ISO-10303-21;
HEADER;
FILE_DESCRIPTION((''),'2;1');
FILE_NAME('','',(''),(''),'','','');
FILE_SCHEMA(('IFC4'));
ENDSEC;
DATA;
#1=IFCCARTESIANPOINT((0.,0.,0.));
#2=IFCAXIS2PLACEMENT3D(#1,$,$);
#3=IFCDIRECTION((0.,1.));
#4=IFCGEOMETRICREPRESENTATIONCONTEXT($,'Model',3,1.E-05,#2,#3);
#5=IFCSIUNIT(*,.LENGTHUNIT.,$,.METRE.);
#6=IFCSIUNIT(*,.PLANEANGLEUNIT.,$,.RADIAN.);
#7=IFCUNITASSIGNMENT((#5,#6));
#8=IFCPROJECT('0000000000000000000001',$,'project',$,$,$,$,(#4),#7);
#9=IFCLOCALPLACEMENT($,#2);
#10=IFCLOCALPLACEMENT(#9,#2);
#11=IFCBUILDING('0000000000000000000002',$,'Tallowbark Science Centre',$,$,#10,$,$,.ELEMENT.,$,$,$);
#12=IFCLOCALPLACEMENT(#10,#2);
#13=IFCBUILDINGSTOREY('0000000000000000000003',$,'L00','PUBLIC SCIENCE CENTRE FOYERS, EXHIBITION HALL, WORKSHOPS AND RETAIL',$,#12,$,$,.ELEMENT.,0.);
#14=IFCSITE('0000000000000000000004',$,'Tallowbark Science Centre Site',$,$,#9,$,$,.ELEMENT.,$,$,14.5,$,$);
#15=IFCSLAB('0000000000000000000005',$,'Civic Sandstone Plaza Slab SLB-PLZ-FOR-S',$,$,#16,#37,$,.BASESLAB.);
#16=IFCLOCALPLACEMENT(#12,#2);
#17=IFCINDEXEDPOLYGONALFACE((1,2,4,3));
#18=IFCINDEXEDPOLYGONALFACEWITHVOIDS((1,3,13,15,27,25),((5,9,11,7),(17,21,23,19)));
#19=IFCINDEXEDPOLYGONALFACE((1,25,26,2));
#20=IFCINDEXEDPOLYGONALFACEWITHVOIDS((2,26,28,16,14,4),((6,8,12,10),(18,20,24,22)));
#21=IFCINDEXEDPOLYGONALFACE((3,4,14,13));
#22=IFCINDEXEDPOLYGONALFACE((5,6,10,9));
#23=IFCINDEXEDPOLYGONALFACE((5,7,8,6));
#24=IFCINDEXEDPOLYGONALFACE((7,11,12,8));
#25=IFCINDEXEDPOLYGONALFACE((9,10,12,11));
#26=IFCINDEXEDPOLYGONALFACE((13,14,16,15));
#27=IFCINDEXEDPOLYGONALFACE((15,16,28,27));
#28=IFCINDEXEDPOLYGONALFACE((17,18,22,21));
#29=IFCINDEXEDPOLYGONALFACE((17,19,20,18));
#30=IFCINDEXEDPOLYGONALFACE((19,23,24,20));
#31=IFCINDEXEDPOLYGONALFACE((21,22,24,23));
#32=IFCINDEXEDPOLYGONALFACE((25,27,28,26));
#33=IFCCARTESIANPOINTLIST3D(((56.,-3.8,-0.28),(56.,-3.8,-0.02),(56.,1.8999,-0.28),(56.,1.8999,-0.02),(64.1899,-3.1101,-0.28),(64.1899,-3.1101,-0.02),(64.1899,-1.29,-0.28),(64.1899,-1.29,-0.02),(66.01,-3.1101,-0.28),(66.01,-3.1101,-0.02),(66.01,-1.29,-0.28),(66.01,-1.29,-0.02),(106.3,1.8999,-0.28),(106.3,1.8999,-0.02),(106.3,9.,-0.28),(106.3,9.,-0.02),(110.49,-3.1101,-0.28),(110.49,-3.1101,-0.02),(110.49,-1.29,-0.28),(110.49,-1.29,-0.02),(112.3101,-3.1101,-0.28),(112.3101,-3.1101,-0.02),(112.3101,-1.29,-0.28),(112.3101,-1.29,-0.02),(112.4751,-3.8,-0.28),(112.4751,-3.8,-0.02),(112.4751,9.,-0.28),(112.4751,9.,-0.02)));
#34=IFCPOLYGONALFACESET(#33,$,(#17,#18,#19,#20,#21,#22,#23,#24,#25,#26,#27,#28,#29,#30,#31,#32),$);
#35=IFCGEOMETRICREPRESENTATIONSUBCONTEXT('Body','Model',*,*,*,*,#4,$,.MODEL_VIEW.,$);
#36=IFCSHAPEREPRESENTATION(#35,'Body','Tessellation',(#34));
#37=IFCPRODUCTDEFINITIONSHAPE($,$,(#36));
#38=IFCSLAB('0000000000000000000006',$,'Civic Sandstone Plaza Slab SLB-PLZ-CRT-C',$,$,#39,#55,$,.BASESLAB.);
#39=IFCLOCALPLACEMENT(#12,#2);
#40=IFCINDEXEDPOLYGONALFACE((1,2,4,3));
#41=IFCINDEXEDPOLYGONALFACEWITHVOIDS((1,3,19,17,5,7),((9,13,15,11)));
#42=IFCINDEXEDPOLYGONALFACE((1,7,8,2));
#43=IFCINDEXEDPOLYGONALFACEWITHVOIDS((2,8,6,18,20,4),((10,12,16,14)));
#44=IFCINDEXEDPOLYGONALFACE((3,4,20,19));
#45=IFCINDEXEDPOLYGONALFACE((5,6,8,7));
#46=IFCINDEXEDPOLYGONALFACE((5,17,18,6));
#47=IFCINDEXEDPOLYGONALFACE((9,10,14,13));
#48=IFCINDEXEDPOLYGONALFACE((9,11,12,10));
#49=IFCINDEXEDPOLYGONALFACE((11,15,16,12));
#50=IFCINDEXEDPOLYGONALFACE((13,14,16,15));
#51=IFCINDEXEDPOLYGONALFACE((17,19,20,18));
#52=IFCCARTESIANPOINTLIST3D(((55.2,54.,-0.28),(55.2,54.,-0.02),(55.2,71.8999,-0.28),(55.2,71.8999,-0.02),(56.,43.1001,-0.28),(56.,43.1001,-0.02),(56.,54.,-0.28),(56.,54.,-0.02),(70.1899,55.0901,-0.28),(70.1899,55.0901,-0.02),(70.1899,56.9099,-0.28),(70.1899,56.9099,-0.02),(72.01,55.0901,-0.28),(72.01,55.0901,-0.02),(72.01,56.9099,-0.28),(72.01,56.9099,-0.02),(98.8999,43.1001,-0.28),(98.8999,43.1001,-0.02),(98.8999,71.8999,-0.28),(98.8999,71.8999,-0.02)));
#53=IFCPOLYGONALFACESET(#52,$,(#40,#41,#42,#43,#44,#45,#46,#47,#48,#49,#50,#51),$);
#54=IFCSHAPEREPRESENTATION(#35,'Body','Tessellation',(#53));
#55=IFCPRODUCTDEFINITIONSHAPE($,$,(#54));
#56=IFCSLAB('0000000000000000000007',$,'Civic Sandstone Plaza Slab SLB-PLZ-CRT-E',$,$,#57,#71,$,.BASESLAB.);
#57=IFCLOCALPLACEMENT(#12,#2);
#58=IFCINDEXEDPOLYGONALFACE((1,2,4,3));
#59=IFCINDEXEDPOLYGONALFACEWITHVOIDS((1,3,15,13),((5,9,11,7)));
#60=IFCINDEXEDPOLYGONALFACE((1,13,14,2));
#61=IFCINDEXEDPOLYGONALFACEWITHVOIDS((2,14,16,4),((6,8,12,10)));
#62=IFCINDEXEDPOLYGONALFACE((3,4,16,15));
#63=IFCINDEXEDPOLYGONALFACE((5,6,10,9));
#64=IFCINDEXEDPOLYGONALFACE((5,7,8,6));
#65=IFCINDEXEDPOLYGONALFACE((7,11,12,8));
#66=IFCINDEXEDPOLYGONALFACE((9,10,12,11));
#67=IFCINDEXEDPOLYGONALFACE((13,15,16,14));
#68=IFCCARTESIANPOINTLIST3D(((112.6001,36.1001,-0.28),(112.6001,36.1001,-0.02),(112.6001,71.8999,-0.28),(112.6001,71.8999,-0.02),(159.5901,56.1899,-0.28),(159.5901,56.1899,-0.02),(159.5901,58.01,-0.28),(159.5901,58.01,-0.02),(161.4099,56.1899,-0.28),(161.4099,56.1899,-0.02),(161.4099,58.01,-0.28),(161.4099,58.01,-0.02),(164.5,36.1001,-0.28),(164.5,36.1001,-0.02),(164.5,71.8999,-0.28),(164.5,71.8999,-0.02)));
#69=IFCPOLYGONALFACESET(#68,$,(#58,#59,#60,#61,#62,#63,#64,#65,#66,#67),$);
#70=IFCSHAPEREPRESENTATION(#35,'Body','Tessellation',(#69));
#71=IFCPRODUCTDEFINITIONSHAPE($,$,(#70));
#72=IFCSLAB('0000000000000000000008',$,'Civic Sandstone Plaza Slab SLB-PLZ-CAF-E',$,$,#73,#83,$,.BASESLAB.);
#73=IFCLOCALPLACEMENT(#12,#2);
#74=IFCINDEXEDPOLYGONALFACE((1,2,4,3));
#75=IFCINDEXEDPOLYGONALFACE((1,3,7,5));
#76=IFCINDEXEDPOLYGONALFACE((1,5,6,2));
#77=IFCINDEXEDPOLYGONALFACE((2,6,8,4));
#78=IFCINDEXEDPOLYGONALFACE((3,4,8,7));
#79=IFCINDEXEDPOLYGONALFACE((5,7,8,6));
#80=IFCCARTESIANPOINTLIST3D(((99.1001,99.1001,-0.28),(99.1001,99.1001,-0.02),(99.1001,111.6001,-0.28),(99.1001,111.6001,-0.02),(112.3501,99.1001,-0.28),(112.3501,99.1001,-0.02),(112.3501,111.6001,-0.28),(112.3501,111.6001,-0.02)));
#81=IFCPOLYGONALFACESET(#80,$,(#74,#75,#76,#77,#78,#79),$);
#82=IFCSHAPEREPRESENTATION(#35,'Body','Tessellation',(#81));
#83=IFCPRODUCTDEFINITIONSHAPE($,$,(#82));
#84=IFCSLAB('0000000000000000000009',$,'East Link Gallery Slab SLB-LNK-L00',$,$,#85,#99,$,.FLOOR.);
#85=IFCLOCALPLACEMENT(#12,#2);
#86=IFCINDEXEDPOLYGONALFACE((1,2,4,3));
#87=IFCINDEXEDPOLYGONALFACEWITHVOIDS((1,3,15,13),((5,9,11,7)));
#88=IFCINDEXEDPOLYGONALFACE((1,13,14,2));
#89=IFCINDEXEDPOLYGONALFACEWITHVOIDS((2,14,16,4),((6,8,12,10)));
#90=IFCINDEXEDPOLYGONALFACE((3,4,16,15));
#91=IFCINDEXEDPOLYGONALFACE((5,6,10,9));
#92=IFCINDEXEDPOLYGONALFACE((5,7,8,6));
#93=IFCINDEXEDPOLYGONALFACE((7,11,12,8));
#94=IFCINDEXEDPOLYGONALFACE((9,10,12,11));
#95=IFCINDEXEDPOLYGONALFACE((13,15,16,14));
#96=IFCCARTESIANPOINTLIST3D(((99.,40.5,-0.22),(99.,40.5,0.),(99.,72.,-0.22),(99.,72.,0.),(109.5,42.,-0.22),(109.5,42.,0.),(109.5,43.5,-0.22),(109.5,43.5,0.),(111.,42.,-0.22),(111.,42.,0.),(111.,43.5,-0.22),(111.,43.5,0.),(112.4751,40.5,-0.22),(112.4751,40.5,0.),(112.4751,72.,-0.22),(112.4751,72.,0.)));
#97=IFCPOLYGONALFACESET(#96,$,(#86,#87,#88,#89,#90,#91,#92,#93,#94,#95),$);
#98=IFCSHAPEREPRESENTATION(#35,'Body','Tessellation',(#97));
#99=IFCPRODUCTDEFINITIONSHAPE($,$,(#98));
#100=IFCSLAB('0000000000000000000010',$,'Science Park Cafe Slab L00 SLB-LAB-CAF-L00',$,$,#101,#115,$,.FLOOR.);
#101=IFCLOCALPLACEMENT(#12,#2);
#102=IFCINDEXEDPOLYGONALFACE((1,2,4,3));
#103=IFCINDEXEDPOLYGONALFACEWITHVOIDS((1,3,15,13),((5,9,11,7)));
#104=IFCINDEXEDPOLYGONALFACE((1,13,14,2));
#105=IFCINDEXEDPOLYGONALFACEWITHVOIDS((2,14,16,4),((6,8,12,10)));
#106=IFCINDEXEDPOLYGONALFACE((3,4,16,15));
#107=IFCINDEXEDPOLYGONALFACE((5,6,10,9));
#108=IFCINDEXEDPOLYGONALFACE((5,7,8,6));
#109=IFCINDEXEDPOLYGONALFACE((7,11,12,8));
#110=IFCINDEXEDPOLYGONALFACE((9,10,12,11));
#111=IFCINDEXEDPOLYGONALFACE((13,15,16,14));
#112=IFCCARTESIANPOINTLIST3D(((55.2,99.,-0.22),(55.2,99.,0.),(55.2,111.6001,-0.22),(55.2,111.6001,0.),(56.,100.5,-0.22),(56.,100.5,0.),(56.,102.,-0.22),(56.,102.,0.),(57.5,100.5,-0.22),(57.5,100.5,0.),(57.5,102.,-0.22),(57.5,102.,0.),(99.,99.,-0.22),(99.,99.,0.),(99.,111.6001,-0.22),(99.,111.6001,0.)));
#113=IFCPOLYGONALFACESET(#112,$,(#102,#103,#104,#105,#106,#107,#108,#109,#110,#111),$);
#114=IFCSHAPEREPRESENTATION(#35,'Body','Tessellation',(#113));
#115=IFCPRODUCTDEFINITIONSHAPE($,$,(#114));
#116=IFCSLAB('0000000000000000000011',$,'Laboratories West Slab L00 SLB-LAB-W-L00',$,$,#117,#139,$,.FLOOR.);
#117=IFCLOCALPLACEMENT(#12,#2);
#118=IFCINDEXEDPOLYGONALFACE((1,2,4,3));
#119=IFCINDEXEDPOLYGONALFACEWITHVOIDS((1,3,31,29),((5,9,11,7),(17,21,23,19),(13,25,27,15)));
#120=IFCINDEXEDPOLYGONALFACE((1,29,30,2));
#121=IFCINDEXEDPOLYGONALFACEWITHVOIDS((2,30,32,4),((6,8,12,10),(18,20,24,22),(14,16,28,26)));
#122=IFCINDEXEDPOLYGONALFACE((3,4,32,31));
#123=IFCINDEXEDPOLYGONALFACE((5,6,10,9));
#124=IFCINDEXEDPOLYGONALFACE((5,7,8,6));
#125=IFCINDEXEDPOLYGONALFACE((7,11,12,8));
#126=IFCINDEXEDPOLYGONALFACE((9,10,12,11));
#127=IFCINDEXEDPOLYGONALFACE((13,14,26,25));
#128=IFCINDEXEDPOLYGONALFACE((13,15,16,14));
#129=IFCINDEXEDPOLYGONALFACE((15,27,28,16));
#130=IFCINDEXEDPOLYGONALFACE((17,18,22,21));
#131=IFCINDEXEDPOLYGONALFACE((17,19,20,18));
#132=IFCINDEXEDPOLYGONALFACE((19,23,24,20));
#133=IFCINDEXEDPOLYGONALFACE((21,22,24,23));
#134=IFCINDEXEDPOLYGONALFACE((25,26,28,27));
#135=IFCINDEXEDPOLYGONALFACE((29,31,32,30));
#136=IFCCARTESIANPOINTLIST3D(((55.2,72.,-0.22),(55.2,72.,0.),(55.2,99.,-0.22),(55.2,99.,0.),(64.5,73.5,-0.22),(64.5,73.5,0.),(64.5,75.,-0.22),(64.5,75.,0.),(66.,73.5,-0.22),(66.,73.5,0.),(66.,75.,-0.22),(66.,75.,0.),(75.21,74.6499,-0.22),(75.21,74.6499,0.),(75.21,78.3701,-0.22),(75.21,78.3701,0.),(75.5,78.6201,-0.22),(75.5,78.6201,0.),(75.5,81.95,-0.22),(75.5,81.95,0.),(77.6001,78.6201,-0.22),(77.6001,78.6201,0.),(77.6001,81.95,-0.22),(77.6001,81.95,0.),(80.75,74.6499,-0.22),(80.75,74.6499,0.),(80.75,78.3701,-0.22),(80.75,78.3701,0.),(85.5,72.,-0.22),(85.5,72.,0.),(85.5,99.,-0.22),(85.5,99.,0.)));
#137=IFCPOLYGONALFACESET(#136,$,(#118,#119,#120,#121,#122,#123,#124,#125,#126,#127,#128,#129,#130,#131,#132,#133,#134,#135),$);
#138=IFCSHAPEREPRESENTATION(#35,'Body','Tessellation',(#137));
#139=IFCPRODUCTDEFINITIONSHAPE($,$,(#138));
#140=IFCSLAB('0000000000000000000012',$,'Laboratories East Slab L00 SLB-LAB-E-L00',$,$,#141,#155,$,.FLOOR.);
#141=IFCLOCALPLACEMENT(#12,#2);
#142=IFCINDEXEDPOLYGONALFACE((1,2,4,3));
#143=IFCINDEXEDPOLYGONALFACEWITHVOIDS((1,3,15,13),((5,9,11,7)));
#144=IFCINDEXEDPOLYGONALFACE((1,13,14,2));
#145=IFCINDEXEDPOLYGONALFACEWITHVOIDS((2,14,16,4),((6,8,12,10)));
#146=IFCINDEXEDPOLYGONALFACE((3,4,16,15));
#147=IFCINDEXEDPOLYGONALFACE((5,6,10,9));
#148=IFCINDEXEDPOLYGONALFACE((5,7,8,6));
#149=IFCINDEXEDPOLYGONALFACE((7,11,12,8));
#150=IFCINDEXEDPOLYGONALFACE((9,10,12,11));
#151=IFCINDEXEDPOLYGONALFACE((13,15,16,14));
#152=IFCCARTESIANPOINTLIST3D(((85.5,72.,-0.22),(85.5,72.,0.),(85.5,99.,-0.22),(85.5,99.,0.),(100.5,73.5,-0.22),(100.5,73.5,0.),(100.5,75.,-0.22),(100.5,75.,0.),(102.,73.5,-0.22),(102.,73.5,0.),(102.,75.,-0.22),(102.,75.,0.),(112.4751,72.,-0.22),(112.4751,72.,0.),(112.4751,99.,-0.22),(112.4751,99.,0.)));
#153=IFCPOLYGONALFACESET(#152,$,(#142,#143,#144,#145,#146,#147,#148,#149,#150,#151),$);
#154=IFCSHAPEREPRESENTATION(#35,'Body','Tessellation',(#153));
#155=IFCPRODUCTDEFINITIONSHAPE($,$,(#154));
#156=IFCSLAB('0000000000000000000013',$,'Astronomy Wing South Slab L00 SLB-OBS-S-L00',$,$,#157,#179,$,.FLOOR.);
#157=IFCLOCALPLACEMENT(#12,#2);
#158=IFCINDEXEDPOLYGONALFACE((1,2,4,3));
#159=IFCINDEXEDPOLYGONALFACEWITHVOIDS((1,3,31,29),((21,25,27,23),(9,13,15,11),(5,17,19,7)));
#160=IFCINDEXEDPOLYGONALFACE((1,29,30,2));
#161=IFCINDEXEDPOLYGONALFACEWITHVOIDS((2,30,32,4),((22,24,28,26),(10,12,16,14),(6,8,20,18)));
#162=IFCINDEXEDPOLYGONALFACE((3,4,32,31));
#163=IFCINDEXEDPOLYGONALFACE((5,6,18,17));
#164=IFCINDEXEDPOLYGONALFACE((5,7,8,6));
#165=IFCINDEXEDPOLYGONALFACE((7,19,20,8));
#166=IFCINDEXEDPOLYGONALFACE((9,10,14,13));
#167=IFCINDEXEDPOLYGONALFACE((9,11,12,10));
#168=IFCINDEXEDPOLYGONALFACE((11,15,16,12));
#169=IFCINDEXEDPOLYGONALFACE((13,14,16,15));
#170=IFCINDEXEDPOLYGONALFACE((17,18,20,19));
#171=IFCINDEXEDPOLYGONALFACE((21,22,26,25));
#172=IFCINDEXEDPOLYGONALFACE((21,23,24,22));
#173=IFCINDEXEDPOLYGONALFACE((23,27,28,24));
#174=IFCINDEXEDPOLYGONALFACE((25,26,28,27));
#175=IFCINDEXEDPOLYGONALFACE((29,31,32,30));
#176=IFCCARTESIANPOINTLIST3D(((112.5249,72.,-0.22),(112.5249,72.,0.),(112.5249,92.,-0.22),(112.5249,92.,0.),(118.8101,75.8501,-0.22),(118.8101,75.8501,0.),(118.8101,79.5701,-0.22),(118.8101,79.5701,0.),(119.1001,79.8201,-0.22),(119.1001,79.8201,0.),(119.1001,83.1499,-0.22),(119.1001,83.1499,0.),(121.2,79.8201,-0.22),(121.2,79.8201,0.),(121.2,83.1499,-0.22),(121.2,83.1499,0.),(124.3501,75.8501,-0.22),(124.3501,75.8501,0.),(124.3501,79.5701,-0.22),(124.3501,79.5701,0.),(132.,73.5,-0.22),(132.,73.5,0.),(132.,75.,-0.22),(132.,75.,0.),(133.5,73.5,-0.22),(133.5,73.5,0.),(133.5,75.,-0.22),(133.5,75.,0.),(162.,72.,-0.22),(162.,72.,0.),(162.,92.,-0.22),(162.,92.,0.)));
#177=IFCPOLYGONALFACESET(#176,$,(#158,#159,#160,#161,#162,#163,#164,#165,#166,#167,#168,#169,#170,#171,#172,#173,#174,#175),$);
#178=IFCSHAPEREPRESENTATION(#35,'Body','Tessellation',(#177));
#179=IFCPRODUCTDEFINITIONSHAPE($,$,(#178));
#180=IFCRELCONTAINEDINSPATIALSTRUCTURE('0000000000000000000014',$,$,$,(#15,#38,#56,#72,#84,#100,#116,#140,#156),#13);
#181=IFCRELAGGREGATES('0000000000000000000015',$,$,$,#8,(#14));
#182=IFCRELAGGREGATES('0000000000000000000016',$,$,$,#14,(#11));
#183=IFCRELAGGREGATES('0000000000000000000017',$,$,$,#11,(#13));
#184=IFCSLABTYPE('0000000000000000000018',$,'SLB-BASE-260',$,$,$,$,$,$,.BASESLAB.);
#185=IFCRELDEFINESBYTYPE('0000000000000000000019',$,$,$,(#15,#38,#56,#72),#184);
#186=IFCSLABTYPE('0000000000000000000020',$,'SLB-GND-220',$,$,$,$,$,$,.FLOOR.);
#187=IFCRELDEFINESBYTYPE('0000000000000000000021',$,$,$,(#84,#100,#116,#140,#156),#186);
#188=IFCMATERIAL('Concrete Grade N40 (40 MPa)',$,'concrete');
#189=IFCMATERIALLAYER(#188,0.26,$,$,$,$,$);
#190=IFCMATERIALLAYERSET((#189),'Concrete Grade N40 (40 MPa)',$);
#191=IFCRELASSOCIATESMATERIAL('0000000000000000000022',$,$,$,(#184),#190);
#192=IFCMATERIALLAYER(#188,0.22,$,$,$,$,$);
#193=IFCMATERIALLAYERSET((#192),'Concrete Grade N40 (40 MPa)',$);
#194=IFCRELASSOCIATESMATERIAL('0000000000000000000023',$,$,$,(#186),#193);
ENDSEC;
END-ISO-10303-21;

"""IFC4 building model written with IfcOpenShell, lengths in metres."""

from ifc_helpers import new_model, si_unit, direction, frame, origin, place, context, subcontext, project, spatial, polyline, outline, extrude, material, layer, layer_set, type_object, element, save


model = new_model("IFC4")

# Units and contexts
model_context = context("Model", 3, precision=1e-05, world=origin(), true_north=direction((0.0, 1.0)))
body_context = subcontext(model_context, "Body", "Model", "MODEL_VIEW")
ifc_project = project(units=[si_unit("LENGTHUNIT", "METRE"), si_unit("PLANEANGLEUNIT", "RADIAN")], contexts=[model_context])

# Site, building, storey
site_placement = place(None, origin())
site = spatial("IfcSite", under=ifc_project, at=site_placement, Name="Tallowbark Science Centre Site", CompositionType="ELEMENT", RefElevation=14.5)
building_placement = place(site_placement, origin())
building = spatial("IfcBuilding", under=site, at=building_placement, Name="Tallowbark Science Centre", CompositionType="ELEMENT")
storey_placement = place(building_placement, origin())
storey = spatial("IfcBuildingStorey", under=building, at=storey_placement, Name="L00", Description="PUBLIC SCIENCE CENTRE FOYERS, EXHIBITION HALL, WORKSHOPS AND RETAIL", CompositionType="ELEMENT", Elevation=0.0)

# Slabs
ifc_material = material(Name="Concrete Grade N40 (40 MPa)", Category="concrete")
ifc_layer_1 = layer(ifc_material, 0.26)
ifc_layer_set_1 = layer_set([ifc_layer_1], Name="Concrete Grade N40 (40 MPa)")
slab_type_1 = type_object("IfcSlabType", Name="SLB-BASE-260", PredefinedType="BASESLAB", material=ifc_layer_set_1)
slab_1_placement = place(storey_placement, frame((0.0, 0.0, -0.28)))
element("IfcSlab", 1, at=slab_1_placement, inside=storey, type_object=slab_type_1, Name="Civic Sandstone Plaza Slab SLB-PLZ-FOR-S", PredefinedType="BASESLAB", context=body_context, shape_type="SweptSolid", body=[
    extrude(outline(polyline([(56.0, 1.8999), (106.3, 1.8999), (106.3, 9.0), (112.4751, 9.0), (112.4751, -3.8), (56.0, -3.8), (56.0, 1.8999)]), holes=[polyline([(64.1899, -1.29), (64.1899, -3.1101), (66.01, -3.1101), (66.01, -1.29), (64.1899, -1.29)]), polyline([(112.3101, -1.29), (110.49, -1.29), (110.49, -3.1101), (112.3101, -3.1101), (112.3101, -1.29)])]), origin(), (0.0, 0.0, 1.0), 0.26),
])
slab_2_placement = place(storey_placement, frame((0.0, 0.0, -0.28)))
element("IfcSlab", 2, at=slab_2_placement, inside=storey, type_object=slab_type_1, Name="Civic Sandstone Plaza Slab SLB-PLZ-CRT-C", PredefinedType="BASESLAB", context=body_context, shape_type="SweptSolid", body=[
    extrude(outline(polyline([(56.0, 54.0), (55.2, 54.0), (55.2, 71.8999), (98.8999, 71.8999), (98.8999, 43.1001), (56.0, 43.1001), (56.0, 54.0)]), holes=[polyline([(70.1899, 56.9099), (70.1899, 55.0901), (72.01, 55.0901), (72.01, 56.9099), (70.1899, 56.9099)])]), origin(), (0.0, 0.0, 1.0), 0.26),
])
slab_3_placement = place(storey_placement, frame((0.0, 0.0, -0.28)))
element("IfcSlab", 3, at=slab_3_placement, inside=storey, type_object=slab_type_1, Name="Civic Sandstone Plaza Slab SLB-PLZ-CRT-E", PredefinedType="BASESLAB", context=body_context, shape_type="SweptSolid", body=[
    extrude(outline(polyline([(112.6001, 71.8999), (164.5, 71.8999), (164.5, 36.1001), (112.6001, 36.1001), (112.6001, 71.8999)]), holes=[polyline([(161.4099, 58.01), (159.5901, 58.01), (159.5901, 56.1899), (161.4099, 56.1899), (161.4099, 58.01)])]), origin(), (0.0, 0.0, 1.0), 0.26),
])
slab_4_placement = place(storey_placement, frame((0.0, 0.0, -0.28)))
element("IfcSlab", 4, at=slab_4_placement, inside=storey, type_object=slab_type_1, Name="Civic Sandstone Plaza Slab SLB-PLZ-CAF-E", PredefinedType="BASESLAB", context=body_context, shape_type="SweptSolid", body=[
    extrude(outline(polyline([(99.1001, 111.6001), (112.3501, 111.6001), (112.3501, 99.1001), (99.1001, 99.1001), (99.1001, 111.6001)])), origin(), (0.0, 0.0, 1.0), 0.26),
])
ifc_layer_2 = layer(ifc_material, 0.22)
ifc_layer_set_2 = layer_set([ifc_layer_2], Name="Concrete Grade N40 (40 MPa)")
slab_type_2 = type_object("IfcSlabType", Name="SLB-GND-220", PredefinedType="FLOOR", material=ifc_layer_set_2)
slab_5_placement = place(storey_placement, frame((0.0, 0.0, -0.22)))
element("IfcSlab", 5, at=slab_5_placement, inside=storey, type_object=slab_type_2, Name="East Link Gallery Slab SLB-LNK-L00", PredefinedType="FLOOR", context=body_context, shape_type="SweptSolid", body=[
    extrude(outline(polyline([(99.0, 40.5), (112.4751, 40.5), (112.4751, 72.0), (99.0, 72.0), (99.0, 40.5)]), holes=[polyline([(109.5, 42.0), (111.0, 42.0), (111.0, 43.5), (109.5, 43.5), (109.5, 42.0)])]), origin(), (0.0, 0.0, 1.0), 0.22),
])
slab_6_placement = place(storey_placement, frame((0.0, 0.0, -0.22)))
element("IfcSlab", 6, at=slab_6_placement, inside=storey, type_object=slab_type_2, Name="Science Park Cafe Slab L00 SLB-LAB-CAF-L00", PredefinedType="FLOOR", context=body_context, shape_type="SweptSolid", body=[
    extrude(outline(polyline([(55.2, 99.0), (99.0, 99.0), (99.0, 111.6001), (55.2, 111.6001), (55.2, 99.0)]), holes=[polyline([(56.0, 100.5), (57.5, 100.5), (57.5, 102.0), (56.0, 102.0), (56.0, 100.5)])]), origin(), (0.0, 0.0, 1.0), 0.22),
])
slab_7_placement = place(storey_placement, frame((0.0, 0.0, -0.22)))
element("IfcSlab", 7, at=slab_7_placement, inside=storey, type_object=slab_type_2, Name="Laboratories West Slab L00 SLB-LAB-W-L00", PredefinedType="FLOOR", context=body_context, shape_type="SweptSolid", body=[
    extrude(outline(polyline([(55.2, 72.0), (85.5, 72.0), (85.5, 99.0), (55.2, 99.0), (55.2, 72.0)]), holes=[polyline([(75.21, 74.6499), (80.75, 74.6499), (80.75, 78.3701), (75.21, 78.3701), (75.21, 74.6499)]), polyline([(75.5, 78.6201), (77.6001, 78.6201), (77.6001, 81.95), (75.5, 81.95), (75.5, 78.6201)]), polyline([(64.5, 73.5), (66.0, 73.5), (66.0, 75.0), (64.5, 75.0), (64.5, 73.5)])]), origin(), (0.0, 0.0, 1.0), 0.22),
])
slab_8_placement = place(storey_placement, frame((0.0, 0.0, -0.22)))
element("IfcSlab", 8, at=slab_8_placement, inside=storey, type_object=slab_type_2, Name="Laboratories East Slab L00 SLB-LAB-E-L00", PredefinedType="FLOOR", context=body_context, shape_type="SweptSolid", body=[
    extrude(outline(polyline([(85.5, 72.0), (112.4751, 72.0), (112.4751, 99.0), (85.5, 99.0), (85.5, 72.0)]), holes=[polyline([(100.5, 73.5), (102.0, 73.5), (102.0, 75.0), (100.5, 75.0), (100.5, 73.5)])]), origin(), (0.0, 0.0, 1.0), 0.22),
])
slab_9_placement = place(storey_placement, frame((0.0, 0.0, -0.22)))
element("IfcSlab", 9, at=slab_9_placement, inside=storey, type_object=slab_type_2, Name="Astronomy Wing South Slab L00 SLB-OBS-S-L00", PredefinedType="FLOOR", context=body_context, shape_type="SweptSolid", body=[
    extrude(outline(polyline([(112.5249, 72.0), (162.0, 72.0), (162.0, 92.0), (112.5249, 92.0), (112.5249, 72.0)]), holes=[polyline([(118.8101, 75.8501), (124.3501, 75.8501), (124.3501, 79.5701), (118.8101, 79.5701), (118.8101, 75.8501)]), polyline([(119.1001, 79.8201), (121.2, 79.8201), (121.2, 83.1499), (119.1001, 83.1499), (119.1001, 79.8201)]), polyline([(132.0, 73.5), (133.5, 73.5), (133.5, 75.0), (132.0, 75.0), (132.0, 73.5)])]), origin(), (0.0, 0.0, 1.0), 0.22),
])

save(model, "model.ifc")
